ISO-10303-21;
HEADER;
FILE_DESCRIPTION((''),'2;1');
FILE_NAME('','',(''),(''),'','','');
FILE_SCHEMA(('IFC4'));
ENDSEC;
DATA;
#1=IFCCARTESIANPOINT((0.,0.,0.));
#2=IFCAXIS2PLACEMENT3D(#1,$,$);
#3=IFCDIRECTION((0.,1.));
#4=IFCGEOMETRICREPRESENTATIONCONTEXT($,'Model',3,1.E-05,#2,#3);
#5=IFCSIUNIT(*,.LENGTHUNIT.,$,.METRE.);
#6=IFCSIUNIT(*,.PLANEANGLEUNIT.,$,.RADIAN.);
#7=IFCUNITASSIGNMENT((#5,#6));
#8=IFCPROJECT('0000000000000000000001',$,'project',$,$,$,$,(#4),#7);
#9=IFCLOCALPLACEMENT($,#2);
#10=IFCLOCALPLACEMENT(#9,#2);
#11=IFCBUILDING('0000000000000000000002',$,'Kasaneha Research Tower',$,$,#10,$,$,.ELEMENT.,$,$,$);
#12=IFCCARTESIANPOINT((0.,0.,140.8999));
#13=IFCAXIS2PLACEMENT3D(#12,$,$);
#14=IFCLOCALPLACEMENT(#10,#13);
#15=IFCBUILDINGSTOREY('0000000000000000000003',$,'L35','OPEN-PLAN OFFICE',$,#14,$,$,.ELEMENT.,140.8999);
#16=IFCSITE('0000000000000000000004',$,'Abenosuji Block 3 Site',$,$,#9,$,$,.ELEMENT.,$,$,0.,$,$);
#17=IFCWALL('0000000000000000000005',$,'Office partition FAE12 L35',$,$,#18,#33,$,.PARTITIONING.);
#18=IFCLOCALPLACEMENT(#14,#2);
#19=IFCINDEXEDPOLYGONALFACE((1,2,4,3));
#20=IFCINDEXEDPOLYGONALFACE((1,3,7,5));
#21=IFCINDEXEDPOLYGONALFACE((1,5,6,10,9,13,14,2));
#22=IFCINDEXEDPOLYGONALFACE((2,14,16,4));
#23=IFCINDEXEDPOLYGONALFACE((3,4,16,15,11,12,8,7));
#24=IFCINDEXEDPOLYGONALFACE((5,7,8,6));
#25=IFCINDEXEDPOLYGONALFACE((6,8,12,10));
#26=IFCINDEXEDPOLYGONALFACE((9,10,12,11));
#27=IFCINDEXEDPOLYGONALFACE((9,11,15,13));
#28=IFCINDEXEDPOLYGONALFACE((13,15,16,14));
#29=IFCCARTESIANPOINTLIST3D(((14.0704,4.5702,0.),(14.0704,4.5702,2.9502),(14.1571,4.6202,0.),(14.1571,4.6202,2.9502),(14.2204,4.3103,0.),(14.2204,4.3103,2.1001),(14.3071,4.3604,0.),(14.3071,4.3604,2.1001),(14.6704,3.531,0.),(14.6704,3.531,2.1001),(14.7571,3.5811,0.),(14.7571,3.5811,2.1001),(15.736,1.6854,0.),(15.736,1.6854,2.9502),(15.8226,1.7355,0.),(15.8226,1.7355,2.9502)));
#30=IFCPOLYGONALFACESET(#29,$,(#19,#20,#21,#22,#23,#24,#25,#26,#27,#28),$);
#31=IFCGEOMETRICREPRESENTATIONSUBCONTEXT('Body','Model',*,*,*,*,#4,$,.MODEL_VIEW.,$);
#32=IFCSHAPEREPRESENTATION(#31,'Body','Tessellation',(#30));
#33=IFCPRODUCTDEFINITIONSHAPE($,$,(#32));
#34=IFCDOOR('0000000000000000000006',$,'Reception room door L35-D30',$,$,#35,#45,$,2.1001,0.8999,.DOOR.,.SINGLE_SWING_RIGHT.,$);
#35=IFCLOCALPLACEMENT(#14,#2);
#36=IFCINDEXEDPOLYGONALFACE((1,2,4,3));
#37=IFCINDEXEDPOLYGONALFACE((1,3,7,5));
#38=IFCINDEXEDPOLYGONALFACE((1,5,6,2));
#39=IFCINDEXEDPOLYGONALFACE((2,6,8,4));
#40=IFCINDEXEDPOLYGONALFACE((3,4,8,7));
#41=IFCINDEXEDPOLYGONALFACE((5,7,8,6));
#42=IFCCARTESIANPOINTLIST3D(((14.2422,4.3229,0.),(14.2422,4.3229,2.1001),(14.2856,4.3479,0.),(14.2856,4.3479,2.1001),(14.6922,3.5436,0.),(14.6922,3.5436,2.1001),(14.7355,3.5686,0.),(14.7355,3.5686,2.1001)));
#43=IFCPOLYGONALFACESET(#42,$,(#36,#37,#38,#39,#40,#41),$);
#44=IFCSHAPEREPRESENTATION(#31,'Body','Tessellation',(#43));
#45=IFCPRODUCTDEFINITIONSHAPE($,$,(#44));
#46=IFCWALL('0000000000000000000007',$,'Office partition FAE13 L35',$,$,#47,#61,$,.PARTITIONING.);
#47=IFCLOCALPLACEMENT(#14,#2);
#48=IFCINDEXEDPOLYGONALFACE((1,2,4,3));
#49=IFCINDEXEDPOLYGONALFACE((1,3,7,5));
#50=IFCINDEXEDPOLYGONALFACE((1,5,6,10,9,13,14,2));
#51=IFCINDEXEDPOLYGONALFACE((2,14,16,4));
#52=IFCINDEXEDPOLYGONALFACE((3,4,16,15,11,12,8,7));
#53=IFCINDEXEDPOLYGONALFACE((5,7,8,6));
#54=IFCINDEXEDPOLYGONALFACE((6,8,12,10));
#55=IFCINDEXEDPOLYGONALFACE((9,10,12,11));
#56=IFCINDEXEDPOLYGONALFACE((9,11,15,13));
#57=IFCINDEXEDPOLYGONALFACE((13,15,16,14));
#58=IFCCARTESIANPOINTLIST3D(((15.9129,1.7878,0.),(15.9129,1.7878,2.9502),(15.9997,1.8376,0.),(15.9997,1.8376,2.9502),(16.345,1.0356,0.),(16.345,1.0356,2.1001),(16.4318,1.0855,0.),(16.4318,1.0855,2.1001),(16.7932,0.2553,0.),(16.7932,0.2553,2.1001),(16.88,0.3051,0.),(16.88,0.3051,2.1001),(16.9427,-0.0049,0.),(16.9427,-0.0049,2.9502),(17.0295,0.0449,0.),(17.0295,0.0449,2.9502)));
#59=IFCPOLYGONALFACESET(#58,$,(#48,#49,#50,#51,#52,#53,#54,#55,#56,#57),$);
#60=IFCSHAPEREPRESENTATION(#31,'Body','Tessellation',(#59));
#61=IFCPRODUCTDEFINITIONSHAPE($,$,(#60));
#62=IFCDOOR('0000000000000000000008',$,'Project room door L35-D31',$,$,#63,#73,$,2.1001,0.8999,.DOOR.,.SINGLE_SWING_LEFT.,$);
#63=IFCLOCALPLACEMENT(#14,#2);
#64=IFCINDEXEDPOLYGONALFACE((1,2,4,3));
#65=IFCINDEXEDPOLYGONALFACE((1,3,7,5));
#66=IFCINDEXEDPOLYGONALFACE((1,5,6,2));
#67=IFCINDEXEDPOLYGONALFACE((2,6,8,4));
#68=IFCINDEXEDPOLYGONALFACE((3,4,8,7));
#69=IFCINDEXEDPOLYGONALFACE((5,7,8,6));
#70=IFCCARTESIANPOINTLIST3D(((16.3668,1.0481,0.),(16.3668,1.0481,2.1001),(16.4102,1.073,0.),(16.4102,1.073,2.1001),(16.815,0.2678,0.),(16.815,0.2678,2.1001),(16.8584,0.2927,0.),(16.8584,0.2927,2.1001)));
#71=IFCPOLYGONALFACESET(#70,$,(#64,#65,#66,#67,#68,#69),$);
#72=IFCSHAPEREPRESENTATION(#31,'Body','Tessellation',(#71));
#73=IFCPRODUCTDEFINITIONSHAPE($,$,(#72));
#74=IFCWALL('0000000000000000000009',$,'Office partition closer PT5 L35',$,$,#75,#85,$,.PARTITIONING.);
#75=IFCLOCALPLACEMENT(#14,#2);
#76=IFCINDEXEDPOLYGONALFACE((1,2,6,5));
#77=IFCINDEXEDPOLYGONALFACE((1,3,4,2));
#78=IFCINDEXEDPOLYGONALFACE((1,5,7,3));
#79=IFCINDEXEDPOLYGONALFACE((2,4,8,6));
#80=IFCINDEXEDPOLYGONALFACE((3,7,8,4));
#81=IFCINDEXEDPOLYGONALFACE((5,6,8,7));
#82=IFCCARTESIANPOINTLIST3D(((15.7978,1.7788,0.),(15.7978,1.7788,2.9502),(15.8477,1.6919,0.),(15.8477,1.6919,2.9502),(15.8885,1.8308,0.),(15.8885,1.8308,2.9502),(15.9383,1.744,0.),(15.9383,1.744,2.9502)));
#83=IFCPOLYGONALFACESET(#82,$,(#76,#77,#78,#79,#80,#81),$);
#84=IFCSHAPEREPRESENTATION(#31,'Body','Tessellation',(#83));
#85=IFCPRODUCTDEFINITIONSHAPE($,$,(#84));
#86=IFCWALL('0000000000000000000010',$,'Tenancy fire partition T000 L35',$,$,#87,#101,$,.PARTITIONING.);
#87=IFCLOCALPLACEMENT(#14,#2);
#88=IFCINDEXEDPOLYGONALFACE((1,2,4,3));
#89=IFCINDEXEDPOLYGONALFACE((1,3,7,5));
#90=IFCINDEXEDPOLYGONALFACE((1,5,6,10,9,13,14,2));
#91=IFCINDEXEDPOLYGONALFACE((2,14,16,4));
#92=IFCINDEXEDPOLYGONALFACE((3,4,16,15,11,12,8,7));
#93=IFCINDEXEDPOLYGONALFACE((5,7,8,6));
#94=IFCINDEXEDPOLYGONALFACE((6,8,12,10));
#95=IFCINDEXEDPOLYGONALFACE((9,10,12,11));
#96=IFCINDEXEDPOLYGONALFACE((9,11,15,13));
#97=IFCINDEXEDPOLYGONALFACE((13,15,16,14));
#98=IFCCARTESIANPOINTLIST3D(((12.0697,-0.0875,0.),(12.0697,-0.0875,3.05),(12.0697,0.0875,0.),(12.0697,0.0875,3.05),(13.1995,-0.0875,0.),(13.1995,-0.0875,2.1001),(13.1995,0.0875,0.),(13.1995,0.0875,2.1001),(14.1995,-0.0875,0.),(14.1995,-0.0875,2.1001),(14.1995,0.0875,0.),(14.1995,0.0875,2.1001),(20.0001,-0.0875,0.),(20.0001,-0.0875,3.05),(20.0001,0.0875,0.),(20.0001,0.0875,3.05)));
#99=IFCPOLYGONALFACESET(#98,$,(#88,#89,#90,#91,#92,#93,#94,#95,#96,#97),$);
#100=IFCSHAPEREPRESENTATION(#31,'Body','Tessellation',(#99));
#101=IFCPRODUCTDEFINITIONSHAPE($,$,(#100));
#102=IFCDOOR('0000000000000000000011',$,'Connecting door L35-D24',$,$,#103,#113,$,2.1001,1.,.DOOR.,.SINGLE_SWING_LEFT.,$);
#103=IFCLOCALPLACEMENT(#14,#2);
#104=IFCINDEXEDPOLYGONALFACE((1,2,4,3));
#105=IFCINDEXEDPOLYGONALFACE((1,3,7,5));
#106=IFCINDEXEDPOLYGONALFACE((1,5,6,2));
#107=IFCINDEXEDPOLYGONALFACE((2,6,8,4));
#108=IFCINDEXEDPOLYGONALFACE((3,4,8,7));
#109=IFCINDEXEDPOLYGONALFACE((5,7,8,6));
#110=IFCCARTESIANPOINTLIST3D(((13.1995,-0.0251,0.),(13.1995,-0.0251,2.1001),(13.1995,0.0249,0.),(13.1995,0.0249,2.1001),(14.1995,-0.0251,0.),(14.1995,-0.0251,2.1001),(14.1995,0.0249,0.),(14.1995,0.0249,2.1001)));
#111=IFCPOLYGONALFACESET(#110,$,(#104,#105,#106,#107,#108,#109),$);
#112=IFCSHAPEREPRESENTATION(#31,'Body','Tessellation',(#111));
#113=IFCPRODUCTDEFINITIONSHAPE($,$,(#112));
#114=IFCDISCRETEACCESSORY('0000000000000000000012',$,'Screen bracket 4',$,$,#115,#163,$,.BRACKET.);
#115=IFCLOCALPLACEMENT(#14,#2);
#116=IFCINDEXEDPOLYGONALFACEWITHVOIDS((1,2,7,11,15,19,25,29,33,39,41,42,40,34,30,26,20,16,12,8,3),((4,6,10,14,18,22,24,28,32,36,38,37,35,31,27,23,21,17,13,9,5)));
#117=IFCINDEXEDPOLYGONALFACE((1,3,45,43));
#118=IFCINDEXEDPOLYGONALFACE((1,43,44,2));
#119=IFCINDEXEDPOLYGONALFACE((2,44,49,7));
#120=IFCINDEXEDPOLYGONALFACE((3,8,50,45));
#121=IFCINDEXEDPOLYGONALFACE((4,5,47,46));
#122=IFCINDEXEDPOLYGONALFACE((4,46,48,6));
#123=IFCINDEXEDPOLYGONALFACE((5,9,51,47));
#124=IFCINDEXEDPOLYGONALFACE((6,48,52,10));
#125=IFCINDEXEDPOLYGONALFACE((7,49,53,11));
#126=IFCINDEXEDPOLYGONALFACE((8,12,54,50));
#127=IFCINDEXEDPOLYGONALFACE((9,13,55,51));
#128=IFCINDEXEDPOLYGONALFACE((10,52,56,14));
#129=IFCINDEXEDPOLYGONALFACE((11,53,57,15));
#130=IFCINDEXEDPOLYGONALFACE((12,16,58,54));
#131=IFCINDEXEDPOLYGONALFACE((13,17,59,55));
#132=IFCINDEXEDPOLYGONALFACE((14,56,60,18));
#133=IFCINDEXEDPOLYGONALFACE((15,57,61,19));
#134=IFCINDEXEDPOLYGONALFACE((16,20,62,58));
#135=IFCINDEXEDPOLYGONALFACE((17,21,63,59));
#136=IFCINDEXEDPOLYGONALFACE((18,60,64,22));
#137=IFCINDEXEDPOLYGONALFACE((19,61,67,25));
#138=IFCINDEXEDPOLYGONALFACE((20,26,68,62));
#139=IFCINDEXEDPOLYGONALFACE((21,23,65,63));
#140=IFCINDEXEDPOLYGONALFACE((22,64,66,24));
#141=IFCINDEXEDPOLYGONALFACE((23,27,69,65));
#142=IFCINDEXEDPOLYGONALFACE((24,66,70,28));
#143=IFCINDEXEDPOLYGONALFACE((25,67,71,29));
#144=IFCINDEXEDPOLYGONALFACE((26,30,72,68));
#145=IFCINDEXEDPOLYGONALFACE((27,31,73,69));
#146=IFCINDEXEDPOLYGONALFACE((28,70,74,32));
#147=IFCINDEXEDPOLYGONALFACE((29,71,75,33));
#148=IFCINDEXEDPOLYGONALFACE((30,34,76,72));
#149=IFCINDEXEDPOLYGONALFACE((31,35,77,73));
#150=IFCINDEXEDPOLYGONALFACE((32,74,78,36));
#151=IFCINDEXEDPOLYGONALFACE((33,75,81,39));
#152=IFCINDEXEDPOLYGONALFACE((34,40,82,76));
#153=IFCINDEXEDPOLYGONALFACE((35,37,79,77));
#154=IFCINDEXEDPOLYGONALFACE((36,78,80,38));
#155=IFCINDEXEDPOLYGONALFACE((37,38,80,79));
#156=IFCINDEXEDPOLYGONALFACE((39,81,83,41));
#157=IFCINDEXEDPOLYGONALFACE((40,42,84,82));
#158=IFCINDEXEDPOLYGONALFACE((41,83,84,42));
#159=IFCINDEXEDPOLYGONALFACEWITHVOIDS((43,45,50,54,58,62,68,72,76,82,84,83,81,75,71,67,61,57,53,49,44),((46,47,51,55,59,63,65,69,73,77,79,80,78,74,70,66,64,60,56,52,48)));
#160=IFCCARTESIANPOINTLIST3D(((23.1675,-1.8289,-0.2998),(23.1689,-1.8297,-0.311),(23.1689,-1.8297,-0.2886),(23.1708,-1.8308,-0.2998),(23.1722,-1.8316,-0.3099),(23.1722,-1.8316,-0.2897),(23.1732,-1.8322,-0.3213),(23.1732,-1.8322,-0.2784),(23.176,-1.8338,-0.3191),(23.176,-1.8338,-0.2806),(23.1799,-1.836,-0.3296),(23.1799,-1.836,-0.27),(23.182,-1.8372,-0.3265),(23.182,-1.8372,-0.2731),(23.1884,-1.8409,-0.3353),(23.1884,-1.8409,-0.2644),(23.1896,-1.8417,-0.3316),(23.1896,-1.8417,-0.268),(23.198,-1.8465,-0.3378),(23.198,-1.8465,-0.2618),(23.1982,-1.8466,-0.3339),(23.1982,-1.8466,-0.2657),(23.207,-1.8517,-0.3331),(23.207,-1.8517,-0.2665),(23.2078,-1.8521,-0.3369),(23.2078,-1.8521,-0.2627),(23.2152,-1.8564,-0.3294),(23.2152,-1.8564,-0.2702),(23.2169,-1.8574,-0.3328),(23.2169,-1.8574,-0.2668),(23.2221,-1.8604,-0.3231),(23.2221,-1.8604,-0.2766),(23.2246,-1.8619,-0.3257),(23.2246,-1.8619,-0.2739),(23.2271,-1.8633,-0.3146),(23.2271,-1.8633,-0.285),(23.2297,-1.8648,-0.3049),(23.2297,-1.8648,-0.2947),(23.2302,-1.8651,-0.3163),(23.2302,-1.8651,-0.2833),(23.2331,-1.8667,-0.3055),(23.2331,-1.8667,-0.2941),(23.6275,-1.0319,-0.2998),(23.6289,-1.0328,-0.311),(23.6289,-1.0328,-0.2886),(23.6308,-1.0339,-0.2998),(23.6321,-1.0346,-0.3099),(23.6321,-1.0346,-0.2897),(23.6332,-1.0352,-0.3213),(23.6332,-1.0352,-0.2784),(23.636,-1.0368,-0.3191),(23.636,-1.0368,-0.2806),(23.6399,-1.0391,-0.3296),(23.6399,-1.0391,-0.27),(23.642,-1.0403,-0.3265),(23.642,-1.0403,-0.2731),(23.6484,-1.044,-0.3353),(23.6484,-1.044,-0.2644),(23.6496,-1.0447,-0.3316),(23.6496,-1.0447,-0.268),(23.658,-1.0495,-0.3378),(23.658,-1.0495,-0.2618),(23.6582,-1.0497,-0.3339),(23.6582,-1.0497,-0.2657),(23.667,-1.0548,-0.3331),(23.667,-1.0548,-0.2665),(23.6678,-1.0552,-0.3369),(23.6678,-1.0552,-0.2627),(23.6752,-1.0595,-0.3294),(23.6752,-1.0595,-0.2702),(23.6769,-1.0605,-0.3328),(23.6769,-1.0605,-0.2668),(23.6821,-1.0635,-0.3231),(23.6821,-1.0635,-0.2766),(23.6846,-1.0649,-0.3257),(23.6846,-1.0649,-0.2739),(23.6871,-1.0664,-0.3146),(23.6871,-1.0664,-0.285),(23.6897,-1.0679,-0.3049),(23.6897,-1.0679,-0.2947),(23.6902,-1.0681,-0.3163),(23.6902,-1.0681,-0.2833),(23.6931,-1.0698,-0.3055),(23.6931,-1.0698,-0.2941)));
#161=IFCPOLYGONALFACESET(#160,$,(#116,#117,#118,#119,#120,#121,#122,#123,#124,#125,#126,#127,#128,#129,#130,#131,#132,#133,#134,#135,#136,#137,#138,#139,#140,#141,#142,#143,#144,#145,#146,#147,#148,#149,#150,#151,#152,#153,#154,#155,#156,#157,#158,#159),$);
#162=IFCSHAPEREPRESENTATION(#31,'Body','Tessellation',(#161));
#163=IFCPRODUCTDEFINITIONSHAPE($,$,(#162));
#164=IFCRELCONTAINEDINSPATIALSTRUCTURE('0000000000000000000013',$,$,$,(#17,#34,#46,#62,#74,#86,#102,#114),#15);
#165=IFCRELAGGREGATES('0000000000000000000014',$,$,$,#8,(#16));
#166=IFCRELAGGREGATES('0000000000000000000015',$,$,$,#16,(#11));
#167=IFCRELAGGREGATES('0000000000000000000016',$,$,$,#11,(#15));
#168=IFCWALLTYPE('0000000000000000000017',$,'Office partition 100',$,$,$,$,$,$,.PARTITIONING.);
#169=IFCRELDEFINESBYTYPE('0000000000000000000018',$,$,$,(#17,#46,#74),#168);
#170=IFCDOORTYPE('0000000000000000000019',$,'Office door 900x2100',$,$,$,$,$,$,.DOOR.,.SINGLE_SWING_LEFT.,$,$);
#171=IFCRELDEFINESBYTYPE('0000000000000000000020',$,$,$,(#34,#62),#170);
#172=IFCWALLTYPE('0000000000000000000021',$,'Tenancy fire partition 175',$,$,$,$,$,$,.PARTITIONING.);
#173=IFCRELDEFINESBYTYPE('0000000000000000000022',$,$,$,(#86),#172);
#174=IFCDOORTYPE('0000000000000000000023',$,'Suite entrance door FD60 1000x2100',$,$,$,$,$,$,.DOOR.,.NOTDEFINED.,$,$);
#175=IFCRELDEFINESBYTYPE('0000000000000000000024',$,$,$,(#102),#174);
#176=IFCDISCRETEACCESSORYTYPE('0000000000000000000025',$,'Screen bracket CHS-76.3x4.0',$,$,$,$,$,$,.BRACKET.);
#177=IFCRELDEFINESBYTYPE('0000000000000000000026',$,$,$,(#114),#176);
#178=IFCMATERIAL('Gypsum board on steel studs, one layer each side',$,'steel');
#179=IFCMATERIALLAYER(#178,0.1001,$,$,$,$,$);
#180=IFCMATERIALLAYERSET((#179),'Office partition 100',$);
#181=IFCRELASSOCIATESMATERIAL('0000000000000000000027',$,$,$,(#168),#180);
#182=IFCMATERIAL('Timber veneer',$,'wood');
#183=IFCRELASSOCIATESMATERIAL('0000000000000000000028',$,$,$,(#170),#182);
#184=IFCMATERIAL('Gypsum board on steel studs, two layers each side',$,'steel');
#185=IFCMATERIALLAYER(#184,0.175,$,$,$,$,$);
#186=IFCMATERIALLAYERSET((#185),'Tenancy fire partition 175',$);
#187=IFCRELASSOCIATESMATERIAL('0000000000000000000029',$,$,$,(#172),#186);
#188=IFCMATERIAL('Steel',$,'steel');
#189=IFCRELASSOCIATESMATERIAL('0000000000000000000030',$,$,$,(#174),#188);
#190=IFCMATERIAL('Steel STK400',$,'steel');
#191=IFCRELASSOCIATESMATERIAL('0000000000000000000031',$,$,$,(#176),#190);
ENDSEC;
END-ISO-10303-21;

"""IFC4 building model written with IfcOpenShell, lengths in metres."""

from ifc_helpers import new_model, si_unit, direction, frame, frame_2d, origin, origin_2d, place, context, subcontext, project, spatial, rectangle, hollow_circle, extrude, material, layer, layer_set, material_profile, profile_set, type_object, element, fill, save


model = new_model("IFC4")

# Units and contexts
model_context = context("Model", 3, precision=1e-05, world=origin(), true_north=direction((0.0, 1.0)))
body_context = subcontext(model_context, "Body", "Model", "MODEL_VIEW")
ifc_project = project(units=[si_unit("LENGTHUNIT", "METRE"), si_unit("PLANEANGLEUNIT", "RADIAN")], contexts=[model_context])

# Site, building, storey
site_placement = place(None, origin())
site = spatial("IfcSite", under=ifc_project, at=site_placement, Name="Abenosuji Block 3 Site", CompositionType="ELEMENT", RefElevation=0.0)
building_placement = place(site_placement, origin())
building = spatial("IfcBuilding", under=site, at=building_placement, Name="Kasaneha Research Tower", CompositionType="ELEMENT")
storey_placement = place(building_placement, frame((0.0, 0.0, 140.8999)))
storey = spatial("IfcBuildingStorey", under=building, at=storey_placement, Name="L35", Description="OPEN-PLAN OFFICE", CompositionType="ELEMENT", Elevation=140.8999)

# Shared definitions
ifc_material_1 = material(Name="Gypsum board on steel studs, one layer each side", Category="steel")
ifc_layer_1 = layer(ifc_material_1, 0.1001)
ifc_layer_set_1 = layer_set([ifc_layer_1], Name="Office partition 100")
wall_type_1 = type_object("IfcWallType", Name="Office partition 100", PredefinedType="PARTITIONING", material=ifc_layer_set_1)

# Walls, openings, doors
wall_1_placement = place(storey_placement, frame((15.7793, 1.7104, 0.0), z_axis=(0.0, 0.0, 1.0), x_axis=(-0.500002, 0.866024, 0.0)))
wall_1 = element("IfcWall", 1, at=wall_1_placement, inside=storey, type_object=wall_type_1, Name="Office partition FAE12 L35", PredefinedType="PARTITIONING", context=body_context, shape_type="SweptSolid", body=[
    extrude(rectangle(XDim=3.3311, YDim=0.1001, at=frame_2d((1.6655, 0.0))), origin(), (0.0, 0.0, 1.0), 2.9502),
])
opening_1_placement = place(wall_1_placement, frame((2.1311, 0.0, 0.0)))
opening_1 = element("IfcOpeningElement", 2, at=opening_1_placement, cuts=wall_1, PredefinedType="OPENING", context=body_context, shape_type="SweptSolid", body=[
    extrude(rectangle(XDim=0.8999, YDim=2.1001, at=frame_2d((0.45, 1.05))), frame((0.0, 0.0601, 0.0), z_axis=(0.0, -1.0, 0.0), x_axis=(1.0, 0.0, 0.0)), (0.0, 0.0, 1.0), 0.1201),
])
ifc_material_2 = material(Name="Timber veneer", Category="wood")
door_type_1 = type_object("IfcDoorType", Name="Office door 900x2100", OperationType="SINGLE_SWING_LEFT", PredefinedType="DOOR", material=ifc_material_2)
door_1_placement = place(opening_1_placement, origin())
door_1 = element("IfcDoor", 3, at=door_1_placement, inside=storey, type_object=door_type_1, Name="Reception room door L35-D30", OperationType="SINGLE_SWING_RIGHT", OverallHeight=2.1001, OverallWidth=0.8999, PredefinedType="DOOR", context=body_context, shape_type="SweptSolid", body=[
    extrude(rectangle(XDim=0.8999, YDim=2.1001, at=frame_2d((0.45, 1.05))), frame((0.0, 0.0249, 0.0), z_axis=(0.0, -1.0, 0.0), x_axis=(1.0, 0.0, 0.0)), (0.0, 0.0, 1.0), 0.05),
])
fill(opening_1, door_1)
wall_2_placement = place(storey_placement, frame((16.9861, 0.02, 0.0), z_axis=(0.0, 0.0, 1.0), x_axis=(-0.498096, 0.867122, 0.0)))
wall_2 = element("IfcWall", 4, at=wall_2_placement, inside=storey, type_object=wall_type_1, Name="Office partition FAE13 L35", PredefinedType="PARTITIONING", context=body_context, shape_type="SweptSolid", body=[
    extrude(rectangle(XDim=2.0674, YDim=0.1001, at=frame_2d((1.0337, 0.0))), origin(), (0.0, 0.0, 1.0), 2.9502),
])
opening_2_placement = place(wall_2_placement, frame((0.3, 0.0, 0.0)))
opening_2 = element("IfcOpeningElement", 5, at=opening_2_placement, cuts=wall_2, PredefinedType="OPENING", context=body_context, shape_type="SweptSolid", body=[
    extrude(rectangle(XDim=0.8999, YDim=2.1001, at=frame_2d((0.45, 1.05))), frame((0.0, 0.0601, 0.0), z_axis=(0.0, -1.0, 0.0), x_axis=(1.0, 0.0, 0.0)), (0.0, 0.0, 1.0), 0.1201),
])
door_2_placement = place(opening_2_placement, origin())
door_2 = element("IfcDoor", 6, at=door_2_placement, inside=storey, type_object=door_type_1, Name="Project room door L35-D31", OperationType="SINGLE_SWING_LEFT", OverallHeight=2.1001, OverallWidth=0.8999, PredefinedType="DOOR", context=body_context, shape_type="SweptSolid", body=[
    extrude(rectangle(XDim=0.8999, YDim=2.1001, at=frame_2d((0.45, 1.05))), frame((0.0, 0.0249, 0.0), z_axis=(0.0, -1.0, 0.0), x_axis=(1.0, 0.0, 0.0)), (0.0, 0.0, 1.0), 0.05),
])
fill(opening_2, door_2)

# Wall
wall_3_placement = place(storey_placement, frame((15.8228, 1.7354, 0.0), z_axis=(0.0, 0.0, 1.0), x_axis=(0.867234, 0.4979, 0.0)))
element("IfcWall", 7, at=wall_3_placement, inside=storey, type_object=wall_type_1, Name="Office partition closer PT5 L35", PredefinedType="PARTITIONING", context=body_context, shape_type="SweptSolid", body=[
    extrude(rectangle(XDim=0.1045, YDim=0.1001, at=frame_2d((0.0522, 0.0))), origin(), (0.0, 0.0, 1.0), 2.9502),
])

# Wall, opening, door
ifc_material_3 = material(Name="Gypsum board on steel studs, two layers each side", Category="steel")
ifc_layer_2 = layer(ifc_material_3, 0.175)
ifc_layer_set_2 = layer_set([ifc_layer_2], Name="Tenancy fire partition 175")
wall_type_2 = type_object("IfcWallType", Name="Tenancy fire partition 175", PredefinedType="PARTITIONING", material=ifc_layer_set_2)
wall_4_placement = place(storey_placement, frame((12.0696, 0.0, 0.0), z_axis=(0.0, 0.0, 1.0), x_axis=(1.0, 0.0, 0.0)))
wall_4 = element("IfcWall", 8, at=wall_4_placement, inside=storey, type_object=wall_type_2, Name="Tenancy fire partition T000 L35", PredefinedType="PARTITIONING", context=body_context, shape_type="SweptSolid", body=[
    extrude(rectangle(XDim=7.9304, YDim=0.175, at=frame_2d((3.9653, 0.0))), origin(), (0.0, 0.0, 1.0), 3.05),
])
opening_3_placement = place(wall_4_placement, frame((1.1299, 0.0, 0.0)))
opening_3 = element("IfcOpeningElement", 9, at=opening_3_placement, cuts=wall_4, PredefinedType="OPENING", context=body_context, shape_type="SweptSolid", body=[
    extrude(rectangle(XDim=1.0, YDim=2.1001, at=frame_2d((0.5, 1.05))), frame((0.0, 0.0977, 0.0), z_axis=(0.0, -1.0, 0.0), x_axis=(1.0, 0.0, 0.0)), (0.0, 0.0, 1.0), 0.1951),
])
ifc_material_4 = material(Name="Steel", Category="steel")
door_type_2 = type_object("IfcDoorType", Name="Suite entrance door FD60 1000x2100", OperationType="NOTDEFINED", PredefinedType="DOOR", material=ifc_material_4)
door_3_placement = place(opening_3_placement, origin())
door_3 = element("IfcDoor", 10, at=door_3_placement, inside=storey, type_object=door_type_2, Name="Connecting door L35-D24", OperationType="SINGLE_SWING_LEFT", OverallHeight=2.1001, OverallWidth=1.0, PredefinedType="DOOR", context=body_context, shape_type="SweptSolid", body=[
    extrude(rectangle(XDim=1.0, YDim=2.1001, at=frame_2d((0.5, 1.05))), frame((0.0, 0.0249, 0.0), z_axis=(0.0, -1.0, 0.0), x_axis=(1.0, 0.0, 0.0)), (0.0, 0.0, 1.0), 0.05),
])
fill(opening_3, door_3)

# Discrete accessory
ifc_material_5 = material(Name="Steel STK400", Category="steel")
ifc_material_profile_1 = material_profile(ifc_material_5, hollow_circle(Radius=0.0381, WallThickness=0.0039, at=origin_2d()), Name="CHS-76.3x4.0")
ifc_profile_set_1 = profile_set([ifc_material_profile_1], Name="Steel STK400")
discrete_accessory_type = type_object("IfcDiscreteAccessoryType", Name="Screen bracket CHS-76.3x4.0", PredefinedType="BRACKET", material=ifc_profile_set_1)
discrete_accessory_placement = place(storey_placement, frame((23.2004, -1.8479, -0.2998), z_axis=(0.499906, 0.86608, 0.0), x_axis=(-0.86608, 0.499906, 0.0)))
element("IfcDiscreteAccessory", 11, at=discrete_accessory_placement, inside=storey, type_object=discrete_accessory_type, Name="Screen bracket 4", PredefinedType="BRACKET", context=body_context, shape_type="SweptSolid", body=[
    extrude(hollow_circle(Radius=0.0381, WallThickness=0.0039, at=origin_2d()), origin(), (0.0, 0.0, 1.0), 0.9202),
])

save(model, "model.ifc")
